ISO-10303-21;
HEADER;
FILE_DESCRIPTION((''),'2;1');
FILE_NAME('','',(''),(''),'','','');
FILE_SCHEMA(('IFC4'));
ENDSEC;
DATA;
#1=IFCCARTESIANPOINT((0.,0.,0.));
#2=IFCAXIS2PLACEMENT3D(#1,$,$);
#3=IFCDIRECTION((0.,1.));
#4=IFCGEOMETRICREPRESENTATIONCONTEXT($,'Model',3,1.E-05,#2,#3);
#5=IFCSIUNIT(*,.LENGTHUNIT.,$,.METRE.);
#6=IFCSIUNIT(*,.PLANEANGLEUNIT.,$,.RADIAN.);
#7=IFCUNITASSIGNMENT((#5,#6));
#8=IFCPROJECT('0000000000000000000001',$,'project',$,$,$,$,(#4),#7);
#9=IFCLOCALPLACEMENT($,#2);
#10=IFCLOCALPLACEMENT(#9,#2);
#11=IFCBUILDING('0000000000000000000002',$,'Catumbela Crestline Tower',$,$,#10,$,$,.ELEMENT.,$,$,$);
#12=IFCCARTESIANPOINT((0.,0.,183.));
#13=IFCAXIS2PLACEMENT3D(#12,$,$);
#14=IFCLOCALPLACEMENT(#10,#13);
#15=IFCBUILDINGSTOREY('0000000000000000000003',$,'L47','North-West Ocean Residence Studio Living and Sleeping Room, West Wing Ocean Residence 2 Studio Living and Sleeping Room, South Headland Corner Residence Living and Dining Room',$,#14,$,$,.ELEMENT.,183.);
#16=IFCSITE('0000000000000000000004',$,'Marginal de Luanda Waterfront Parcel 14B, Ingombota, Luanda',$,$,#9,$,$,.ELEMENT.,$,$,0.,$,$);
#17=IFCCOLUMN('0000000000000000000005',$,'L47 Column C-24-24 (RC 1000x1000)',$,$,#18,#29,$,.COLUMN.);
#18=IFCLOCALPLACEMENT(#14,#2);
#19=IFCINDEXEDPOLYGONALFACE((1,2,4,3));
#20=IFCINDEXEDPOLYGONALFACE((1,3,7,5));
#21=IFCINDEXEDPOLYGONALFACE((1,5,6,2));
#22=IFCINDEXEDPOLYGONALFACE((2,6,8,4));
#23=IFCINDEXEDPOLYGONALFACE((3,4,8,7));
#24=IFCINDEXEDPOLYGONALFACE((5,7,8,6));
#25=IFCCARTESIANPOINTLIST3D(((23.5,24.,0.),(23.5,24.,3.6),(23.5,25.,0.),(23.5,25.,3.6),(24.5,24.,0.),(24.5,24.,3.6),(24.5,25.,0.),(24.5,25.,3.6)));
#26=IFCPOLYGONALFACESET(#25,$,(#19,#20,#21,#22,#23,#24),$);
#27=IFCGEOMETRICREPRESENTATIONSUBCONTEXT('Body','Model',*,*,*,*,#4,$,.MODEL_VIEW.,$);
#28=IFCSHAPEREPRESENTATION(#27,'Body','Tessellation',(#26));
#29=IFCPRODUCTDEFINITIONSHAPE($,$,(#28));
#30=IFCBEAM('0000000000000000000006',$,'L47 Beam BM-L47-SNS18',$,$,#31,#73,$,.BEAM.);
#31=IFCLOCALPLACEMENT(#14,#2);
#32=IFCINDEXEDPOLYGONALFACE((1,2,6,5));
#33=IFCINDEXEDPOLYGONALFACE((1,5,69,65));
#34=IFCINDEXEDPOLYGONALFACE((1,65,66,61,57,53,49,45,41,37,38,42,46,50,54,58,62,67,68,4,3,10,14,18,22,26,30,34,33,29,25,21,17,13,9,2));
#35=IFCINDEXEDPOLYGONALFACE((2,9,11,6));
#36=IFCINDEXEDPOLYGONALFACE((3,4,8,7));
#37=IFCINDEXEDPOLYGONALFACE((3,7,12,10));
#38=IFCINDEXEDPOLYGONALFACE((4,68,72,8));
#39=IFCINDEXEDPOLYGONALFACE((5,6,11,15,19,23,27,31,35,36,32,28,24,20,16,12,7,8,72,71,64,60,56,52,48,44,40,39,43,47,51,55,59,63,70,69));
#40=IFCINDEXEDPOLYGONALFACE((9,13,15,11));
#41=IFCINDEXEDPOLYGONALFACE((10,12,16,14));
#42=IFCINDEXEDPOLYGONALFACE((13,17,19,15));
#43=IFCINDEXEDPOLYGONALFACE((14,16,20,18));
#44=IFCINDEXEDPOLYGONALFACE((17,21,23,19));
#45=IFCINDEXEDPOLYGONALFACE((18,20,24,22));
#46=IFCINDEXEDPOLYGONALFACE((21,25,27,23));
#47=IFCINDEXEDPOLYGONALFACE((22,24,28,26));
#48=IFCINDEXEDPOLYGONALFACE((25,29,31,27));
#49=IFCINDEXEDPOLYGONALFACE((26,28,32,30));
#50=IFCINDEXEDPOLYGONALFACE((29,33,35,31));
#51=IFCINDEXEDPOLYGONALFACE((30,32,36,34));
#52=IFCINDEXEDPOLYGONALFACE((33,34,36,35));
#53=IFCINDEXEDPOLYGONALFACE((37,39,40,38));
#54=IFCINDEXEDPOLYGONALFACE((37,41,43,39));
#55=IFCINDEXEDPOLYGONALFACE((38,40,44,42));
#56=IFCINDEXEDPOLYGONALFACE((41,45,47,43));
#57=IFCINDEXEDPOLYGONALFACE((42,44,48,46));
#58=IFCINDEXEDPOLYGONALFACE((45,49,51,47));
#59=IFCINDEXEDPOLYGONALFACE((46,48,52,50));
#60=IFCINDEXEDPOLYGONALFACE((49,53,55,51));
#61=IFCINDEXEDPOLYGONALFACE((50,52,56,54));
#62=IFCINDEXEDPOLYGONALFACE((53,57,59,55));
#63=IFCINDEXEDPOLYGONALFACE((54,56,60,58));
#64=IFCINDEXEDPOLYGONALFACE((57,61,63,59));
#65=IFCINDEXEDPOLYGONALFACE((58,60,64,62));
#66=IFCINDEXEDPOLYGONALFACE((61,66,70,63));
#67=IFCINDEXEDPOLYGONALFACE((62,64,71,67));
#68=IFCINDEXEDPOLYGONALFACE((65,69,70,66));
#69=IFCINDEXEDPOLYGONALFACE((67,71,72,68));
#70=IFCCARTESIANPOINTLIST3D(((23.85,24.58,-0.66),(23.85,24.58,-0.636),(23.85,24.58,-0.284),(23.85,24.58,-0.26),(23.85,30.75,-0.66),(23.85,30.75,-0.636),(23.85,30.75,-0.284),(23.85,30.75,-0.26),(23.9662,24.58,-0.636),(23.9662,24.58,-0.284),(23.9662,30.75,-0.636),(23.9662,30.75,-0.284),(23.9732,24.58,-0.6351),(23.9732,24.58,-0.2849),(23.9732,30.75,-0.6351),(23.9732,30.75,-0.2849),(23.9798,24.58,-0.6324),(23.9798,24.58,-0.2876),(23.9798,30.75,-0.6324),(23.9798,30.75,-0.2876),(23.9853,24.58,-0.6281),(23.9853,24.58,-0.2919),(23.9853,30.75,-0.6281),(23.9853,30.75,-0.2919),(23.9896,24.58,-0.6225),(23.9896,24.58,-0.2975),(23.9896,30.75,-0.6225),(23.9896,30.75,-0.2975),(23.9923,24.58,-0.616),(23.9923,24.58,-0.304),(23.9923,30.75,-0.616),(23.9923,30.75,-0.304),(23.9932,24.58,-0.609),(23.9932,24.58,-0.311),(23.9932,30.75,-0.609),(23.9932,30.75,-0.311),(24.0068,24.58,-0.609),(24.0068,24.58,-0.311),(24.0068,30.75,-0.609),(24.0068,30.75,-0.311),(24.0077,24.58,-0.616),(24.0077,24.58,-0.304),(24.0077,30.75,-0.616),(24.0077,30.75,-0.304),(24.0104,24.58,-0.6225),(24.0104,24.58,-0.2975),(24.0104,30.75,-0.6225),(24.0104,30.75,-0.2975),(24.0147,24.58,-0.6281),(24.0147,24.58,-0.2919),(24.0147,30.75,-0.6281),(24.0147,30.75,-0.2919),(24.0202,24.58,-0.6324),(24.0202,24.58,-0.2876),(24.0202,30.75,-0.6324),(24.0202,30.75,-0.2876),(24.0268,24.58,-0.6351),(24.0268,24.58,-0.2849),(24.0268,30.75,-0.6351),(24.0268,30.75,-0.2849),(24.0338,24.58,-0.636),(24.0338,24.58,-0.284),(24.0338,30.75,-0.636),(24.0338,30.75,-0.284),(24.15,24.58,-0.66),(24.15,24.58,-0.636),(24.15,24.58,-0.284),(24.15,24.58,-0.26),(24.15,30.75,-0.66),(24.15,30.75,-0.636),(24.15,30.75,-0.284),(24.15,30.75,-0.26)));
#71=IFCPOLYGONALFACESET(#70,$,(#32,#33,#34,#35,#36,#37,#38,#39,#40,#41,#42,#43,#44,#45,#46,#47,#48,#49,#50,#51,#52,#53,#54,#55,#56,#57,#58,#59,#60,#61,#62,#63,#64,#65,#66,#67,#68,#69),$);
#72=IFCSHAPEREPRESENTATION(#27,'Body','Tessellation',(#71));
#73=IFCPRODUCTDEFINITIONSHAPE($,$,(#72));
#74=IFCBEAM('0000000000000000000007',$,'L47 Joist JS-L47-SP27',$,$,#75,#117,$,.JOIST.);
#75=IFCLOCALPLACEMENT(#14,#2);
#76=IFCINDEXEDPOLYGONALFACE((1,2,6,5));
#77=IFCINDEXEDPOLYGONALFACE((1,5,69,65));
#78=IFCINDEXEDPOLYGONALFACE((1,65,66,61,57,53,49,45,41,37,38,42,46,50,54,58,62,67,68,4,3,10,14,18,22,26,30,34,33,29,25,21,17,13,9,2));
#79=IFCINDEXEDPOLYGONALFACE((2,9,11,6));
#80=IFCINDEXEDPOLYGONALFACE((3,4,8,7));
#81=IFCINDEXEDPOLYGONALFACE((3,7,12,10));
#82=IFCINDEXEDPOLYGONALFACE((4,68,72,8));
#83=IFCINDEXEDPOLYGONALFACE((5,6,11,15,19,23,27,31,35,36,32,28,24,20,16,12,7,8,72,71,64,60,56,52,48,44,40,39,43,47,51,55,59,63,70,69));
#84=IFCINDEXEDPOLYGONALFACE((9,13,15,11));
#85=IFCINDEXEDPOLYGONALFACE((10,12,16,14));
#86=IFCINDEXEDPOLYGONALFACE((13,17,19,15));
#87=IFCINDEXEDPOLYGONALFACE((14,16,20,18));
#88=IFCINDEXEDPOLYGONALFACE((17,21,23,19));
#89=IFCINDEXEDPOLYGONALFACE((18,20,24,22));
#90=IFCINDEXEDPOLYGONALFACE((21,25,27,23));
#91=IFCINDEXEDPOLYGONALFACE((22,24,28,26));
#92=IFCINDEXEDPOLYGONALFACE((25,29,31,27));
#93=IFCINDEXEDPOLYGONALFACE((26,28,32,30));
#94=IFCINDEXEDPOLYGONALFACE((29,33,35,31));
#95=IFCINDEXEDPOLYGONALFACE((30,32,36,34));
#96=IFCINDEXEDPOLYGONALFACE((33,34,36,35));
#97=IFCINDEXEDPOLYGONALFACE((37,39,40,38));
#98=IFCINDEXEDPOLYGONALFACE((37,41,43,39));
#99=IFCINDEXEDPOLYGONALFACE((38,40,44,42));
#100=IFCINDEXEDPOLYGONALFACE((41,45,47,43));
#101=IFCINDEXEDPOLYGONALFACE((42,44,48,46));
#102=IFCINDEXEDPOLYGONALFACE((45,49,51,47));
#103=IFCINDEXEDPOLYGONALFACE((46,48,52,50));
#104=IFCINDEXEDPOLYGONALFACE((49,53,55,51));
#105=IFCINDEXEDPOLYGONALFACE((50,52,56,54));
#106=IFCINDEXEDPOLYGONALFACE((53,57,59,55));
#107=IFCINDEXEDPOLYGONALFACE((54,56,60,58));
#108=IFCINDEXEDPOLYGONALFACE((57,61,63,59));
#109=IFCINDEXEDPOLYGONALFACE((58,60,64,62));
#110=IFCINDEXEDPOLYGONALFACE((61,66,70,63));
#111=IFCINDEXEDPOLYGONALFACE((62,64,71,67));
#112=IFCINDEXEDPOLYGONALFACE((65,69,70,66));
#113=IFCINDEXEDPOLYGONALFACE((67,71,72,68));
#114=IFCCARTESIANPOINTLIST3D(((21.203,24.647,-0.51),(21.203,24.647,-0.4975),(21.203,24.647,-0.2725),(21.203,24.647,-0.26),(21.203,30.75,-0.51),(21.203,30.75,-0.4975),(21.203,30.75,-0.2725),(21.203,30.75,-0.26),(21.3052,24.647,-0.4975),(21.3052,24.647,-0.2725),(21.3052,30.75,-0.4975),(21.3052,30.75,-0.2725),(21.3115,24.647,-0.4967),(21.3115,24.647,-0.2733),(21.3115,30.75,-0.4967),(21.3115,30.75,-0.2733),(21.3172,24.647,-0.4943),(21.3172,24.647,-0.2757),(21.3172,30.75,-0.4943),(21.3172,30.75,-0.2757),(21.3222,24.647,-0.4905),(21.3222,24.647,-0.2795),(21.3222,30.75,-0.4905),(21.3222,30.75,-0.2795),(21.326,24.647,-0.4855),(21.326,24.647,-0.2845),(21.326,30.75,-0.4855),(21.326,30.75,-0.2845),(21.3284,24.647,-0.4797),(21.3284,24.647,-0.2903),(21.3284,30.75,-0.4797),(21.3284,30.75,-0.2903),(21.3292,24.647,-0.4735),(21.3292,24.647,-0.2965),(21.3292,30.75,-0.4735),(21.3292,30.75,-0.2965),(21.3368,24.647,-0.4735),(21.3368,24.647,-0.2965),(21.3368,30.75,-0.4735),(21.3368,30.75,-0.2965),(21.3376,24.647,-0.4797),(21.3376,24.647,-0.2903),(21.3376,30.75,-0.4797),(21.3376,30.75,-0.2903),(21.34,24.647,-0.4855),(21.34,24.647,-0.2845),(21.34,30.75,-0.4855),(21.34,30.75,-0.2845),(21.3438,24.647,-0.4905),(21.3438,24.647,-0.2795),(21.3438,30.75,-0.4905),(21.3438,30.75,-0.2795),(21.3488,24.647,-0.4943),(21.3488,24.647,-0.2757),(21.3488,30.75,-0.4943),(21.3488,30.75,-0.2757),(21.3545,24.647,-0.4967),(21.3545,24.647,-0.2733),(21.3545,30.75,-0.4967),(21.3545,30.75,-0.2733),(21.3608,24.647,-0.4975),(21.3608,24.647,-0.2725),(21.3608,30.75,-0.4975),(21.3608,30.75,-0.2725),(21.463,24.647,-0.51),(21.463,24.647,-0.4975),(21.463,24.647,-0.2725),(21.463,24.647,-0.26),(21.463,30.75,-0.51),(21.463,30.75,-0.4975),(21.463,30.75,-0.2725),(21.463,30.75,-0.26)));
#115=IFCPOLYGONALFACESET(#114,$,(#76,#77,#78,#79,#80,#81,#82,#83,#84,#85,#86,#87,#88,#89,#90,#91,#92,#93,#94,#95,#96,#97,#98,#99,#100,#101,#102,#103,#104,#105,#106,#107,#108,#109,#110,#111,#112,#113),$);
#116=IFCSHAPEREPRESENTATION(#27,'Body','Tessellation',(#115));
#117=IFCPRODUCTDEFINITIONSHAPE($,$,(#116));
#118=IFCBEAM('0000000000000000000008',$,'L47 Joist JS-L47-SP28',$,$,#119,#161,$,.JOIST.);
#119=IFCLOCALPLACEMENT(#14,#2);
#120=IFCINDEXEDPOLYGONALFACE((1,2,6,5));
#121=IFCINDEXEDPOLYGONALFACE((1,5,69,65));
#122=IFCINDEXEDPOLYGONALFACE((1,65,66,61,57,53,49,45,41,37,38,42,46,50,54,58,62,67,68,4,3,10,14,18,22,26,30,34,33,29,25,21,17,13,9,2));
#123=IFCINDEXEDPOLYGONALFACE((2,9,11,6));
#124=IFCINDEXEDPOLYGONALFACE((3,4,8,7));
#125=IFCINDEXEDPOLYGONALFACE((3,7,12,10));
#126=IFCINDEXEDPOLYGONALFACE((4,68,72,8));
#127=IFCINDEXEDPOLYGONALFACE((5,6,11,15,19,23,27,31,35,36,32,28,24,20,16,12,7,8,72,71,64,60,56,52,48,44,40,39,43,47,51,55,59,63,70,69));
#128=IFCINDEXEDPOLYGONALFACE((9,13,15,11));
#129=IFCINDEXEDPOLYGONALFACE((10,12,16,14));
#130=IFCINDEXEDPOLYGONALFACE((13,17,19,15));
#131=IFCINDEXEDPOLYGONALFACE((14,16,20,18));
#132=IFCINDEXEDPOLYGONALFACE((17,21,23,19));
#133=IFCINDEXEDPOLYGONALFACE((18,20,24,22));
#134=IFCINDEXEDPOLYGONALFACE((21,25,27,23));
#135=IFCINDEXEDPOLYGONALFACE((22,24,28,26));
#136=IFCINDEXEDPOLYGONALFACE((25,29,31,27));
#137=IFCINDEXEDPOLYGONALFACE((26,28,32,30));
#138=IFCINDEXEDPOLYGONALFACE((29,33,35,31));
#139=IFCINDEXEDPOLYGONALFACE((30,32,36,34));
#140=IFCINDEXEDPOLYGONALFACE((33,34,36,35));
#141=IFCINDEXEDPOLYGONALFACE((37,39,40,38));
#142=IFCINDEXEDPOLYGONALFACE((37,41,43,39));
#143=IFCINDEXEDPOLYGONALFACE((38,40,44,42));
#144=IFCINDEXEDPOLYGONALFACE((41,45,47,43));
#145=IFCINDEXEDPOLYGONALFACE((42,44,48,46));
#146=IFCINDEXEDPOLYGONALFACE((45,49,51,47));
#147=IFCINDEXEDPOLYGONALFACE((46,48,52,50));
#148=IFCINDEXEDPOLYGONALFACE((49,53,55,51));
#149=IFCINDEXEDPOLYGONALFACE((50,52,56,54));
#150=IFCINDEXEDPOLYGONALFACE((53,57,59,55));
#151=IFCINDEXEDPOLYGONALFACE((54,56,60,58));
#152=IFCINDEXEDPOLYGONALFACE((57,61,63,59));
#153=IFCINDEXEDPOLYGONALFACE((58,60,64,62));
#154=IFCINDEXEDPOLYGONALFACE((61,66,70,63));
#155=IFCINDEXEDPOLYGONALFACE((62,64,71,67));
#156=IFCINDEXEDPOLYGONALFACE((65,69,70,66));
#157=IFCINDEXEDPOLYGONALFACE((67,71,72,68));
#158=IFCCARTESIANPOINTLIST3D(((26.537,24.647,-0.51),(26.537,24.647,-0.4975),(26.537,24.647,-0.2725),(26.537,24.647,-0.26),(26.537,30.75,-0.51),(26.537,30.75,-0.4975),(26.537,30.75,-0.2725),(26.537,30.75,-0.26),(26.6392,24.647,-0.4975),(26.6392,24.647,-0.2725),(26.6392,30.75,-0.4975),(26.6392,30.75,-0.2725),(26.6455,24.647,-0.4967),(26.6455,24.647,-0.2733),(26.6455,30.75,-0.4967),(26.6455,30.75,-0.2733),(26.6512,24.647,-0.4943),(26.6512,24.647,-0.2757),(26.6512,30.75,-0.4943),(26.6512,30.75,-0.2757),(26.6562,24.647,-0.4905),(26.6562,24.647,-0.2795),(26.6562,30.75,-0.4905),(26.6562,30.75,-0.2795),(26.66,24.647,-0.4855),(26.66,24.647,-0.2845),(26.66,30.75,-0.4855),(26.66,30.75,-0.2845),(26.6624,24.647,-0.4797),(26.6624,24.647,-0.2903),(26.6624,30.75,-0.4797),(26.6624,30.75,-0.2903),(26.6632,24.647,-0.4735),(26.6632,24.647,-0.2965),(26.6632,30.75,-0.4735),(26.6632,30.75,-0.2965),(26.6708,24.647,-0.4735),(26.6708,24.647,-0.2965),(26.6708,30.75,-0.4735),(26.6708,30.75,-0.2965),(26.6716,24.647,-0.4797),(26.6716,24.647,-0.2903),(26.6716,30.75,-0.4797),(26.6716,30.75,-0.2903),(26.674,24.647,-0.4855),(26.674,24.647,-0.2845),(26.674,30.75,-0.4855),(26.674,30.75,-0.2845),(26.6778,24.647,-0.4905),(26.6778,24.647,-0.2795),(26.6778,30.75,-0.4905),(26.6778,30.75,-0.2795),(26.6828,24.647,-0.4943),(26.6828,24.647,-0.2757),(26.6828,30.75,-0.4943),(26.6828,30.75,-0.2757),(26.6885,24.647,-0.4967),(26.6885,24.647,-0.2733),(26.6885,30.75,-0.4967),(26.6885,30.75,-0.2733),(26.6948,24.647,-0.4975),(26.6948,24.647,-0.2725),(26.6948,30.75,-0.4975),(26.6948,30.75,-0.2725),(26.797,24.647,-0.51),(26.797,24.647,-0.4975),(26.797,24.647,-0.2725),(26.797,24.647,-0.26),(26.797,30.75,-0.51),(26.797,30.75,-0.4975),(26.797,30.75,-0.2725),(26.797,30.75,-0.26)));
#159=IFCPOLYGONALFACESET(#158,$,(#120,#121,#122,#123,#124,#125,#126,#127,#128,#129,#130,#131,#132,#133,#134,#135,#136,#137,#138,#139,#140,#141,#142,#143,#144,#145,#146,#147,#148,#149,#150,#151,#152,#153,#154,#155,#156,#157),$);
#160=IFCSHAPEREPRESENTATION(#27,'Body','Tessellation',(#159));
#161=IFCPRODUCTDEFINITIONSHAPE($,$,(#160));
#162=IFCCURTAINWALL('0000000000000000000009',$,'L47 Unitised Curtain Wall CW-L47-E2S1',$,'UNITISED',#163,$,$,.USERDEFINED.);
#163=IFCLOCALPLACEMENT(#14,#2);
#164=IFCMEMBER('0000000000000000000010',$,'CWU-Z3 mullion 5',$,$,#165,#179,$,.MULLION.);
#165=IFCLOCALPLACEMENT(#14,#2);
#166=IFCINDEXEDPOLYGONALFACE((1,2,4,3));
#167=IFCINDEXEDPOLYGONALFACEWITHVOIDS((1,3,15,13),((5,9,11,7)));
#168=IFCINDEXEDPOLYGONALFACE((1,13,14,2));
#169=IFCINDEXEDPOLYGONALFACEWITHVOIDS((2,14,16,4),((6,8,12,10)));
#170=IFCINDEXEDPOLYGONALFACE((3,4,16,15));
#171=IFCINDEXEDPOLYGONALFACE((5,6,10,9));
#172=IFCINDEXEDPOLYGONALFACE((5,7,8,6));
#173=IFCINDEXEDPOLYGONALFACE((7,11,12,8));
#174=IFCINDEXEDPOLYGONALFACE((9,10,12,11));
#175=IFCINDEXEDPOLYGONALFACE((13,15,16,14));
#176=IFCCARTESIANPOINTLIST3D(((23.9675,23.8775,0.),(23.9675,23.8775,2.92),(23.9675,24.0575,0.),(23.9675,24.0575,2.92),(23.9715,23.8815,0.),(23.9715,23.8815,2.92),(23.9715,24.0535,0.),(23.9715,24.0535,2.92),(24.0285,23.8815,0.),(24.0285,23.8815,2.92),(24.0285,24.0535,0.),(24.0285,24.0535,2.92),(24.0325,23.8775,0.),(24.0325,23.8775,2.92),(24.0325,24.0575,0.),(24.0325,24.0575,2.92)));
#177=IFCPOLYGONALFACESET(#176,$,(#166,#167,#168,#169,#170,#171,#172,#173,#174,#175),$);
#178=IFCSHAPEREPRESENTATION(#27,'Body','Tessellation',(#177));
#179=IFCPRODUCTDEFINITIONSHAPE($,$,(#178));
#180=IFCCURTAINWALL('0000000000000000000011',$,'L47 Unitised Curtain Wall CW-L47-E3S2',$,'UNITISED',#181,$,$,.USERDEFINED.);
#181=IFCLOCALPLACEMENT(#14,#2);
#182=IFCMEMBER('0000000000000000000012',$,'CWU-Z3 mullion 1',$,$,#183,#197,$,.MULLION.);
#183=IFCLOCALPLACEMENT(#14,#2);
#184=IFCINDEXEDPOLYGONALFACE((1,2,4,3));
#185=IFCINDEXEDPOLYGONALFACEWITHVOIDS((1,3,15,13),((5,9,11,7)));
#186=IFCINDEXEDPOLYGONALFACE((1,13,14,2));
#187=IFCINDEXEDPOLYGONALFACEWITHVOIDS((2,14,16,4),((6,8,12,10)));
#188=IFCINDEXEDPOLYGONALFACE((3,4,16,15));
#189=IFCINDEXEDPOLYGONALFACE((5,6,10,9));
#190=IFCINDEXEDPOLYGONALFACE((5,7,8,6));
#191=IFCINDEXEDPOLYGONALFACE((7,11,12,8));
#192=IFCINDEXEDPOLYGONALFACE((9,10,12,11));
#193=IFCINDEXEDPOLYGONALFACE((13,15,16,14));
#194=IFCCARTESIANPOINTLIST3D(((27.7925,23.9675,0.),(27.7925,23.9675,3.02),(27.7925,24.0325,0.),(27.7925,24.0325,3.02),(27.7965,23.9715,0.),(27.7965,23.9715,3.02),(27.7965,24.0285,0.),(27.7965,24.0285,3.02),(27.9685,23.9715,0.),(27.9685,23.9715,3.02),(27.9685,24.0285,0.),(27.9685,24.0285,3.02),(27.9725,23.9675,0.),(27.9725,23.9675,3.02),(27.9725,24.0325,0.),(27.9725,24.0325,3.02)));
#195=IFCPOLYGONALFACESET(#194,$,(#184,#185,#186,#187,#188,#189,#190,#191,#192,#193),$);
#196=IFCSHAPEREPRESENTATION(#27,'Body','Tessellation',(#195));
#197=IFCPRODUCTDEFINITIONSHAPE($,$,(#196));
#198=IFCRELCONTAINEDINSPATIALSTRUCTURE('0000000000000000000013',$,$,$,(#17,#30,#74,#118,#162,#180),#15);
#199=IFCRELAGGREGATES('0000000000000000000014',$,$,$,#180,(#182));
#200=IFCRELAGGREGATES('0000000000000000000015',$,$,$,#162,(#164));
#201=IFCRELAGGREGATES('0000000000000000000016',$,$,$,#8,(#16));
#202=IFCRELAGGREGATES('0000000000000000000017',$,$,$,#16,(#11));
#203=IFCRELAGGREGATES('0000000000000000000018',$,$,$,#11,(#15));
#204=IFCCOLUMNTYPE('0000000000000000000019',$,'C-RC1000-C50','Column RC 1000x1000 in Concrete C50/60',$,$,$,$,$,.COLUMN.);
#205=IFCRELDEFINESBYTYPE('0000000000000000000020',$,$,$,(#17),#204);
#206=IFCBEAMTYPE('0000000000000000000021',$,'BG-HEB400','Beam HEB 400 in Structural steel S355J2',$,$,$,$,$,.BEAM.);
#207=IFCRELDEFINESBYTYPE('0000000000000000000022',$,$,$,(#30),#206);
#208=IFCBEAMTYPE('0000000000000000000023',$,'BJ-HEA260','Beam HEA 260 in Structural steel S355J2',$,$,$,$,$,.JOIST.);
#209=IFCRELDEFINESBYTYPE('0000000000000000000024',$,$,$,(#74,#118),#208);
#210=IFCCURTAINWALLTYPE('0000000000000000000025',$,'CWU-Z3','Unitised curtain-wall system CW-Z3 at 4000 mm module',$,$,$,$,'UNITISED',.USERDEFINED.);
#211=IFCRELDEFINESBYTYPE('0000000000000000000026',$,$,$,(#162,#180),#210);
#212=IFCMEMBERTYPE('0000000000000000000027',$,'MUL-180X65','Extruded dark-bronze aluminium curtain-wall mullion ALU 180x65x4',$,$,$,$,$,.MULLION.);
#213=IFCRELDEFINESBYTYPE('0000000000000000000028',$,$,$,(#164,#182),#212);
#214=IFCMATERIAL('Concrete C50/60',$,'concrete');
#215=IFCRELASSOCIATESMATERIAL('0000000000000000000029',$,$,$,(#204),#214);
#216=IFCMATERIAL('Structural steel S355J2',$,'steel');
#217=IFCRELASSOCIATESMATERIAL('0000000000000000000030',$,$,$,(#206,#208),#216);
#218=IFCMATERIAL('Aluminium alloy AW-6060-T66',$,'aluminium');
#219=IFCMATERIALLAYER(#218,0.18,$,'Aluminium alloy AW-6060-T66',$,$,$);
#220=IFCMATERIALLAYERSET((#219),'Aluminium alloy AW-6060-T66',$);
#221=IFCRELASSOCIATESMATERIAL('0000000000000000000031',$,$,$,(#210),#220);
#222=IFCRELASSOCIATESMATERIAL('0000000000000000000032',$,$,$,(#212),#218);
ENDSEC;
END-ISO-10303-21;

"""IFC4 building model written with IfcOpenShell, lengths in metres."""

from ifc_helpers import new_model, si_unit, direction, frame, origin, origin_2d, place, context, subcontext, project, spatial, rectangle, hollow_rectangle, i_section, extrude, material, layer, layer_set, material_profile, profile_set, type_object, element, aggregate, save


model = new_model("IFC4")

# Units and contexts
model_context = context("Model", 3, precision=1e-05, world=origin(), true_north=direction((0.0, 1.0)))
body_context = subcontext(model_context, "Body", "Model", "MODEL_VIEW")
ifc_project = project(units=[si_unit("LENGTHUNIT", "METRE"), si_unit("PLANEANGLEUNIT", "RADIAN")], contexts=[model_context])

# Site, building, storey
site_placement = place(None, origin())
site = spatial("IfcSite", under=ifc_project, at=site_placement, Name="Marginal de Luanda Waterfront Parcel 14B, Ingombota, Luanda", CompositionType="ELEMENT", RefElevation=0.0)
building_placement = place(site_placement, origin())
building = spatial("IfcBuilding", under=site, at=building_placement, Name="Catumbela Crestline Tower", CompositionType="ELEMENT")
storey_placement = place(building_placement, frame((0.0, 0.0, 183.0)))
storey = spatial("IfcBuildingStorey", under=building, at=storey_placement, Name="L47", Description="North-West Ocean Residence Studio Living and Sleeping Room, West Wing Ocean Residence 2 Studio Living and Sleeping Room, South Headland Corner Residence Living and Dining Room", CompositionType="ELEMENT", Elevation=183.0)

# Column
ifc_material_1 = material(Name="Concrete C50/60", Category="concrete")
ifc_material_profile_1 = material_profile(ifc_material_1, rectangle(XDim=1.0, YDim=1.0, at=origin_2d()), Name="RC 1000x1000")
ifc_profile_set_1 = profile_set([ifc_material_profile_1], Name="Concrete C50/60")
column_type = type_object("IfcColumnType", Name="C-RC1000-C50", Description="Column RC 1000x1000 in Concrete C50/60", PredefinedType="COLUMN", material=ifc_profile_set_1)
column_placement = place(storey_placement, frame((24.0, 24.5, 0.0), z_axis=(0.0, 0.0, 1.0), x_axis=(1.0, 0.0, 0.0)))
element("IfcColumn", 1, at=column_placement, inside=storey, type_object=column_type, Name="L47 Column C-24-24 (RC 1000x1000)", PredefinedType="COLUMN", context=body_context, shape_type="SweptSolid", body=[
    extrude(rectangle(XDim=1.0, YDim=1.0, at=origin_2d()), origin(), (0.0, 0.0, 1.0), 3.6),
])

# Beams
ifc_material_2 = material(Name="Structural steel S355J2", Category="steel")
ifc_material_profile_2 = material_profile(ifc_material_2, i_section(OverallWidth=0.3, OverallDepth=0.4, WebThickness=0.0135, FlangeThickness=0.024, FilletRadius=0.027, at=origin_2d()), Name="HEB 400")
ifc_profile_set_2 = profile_set([ifc_material_profile_2], Name="Structural steel S355J2")
beam_type_1 = type_object("IfcBeamType", Name="BG-HEB400", Description="Beam HEB 400 in Structural steel S355J2", PredefinedType="BEAM", material=ifc_profile_set_2)
beam_1_placement = place(storey_placement, frame((24.0, 24.58, -0.46), z_axis=(0.0, 1.0, 0.0), x_axis=(-1.0, 0.0, 0.0)))
element("IfcBeam", 2, at=beam_1_placement, inside=storey, type_object=beam_type_1, Name="L47 Beam BM-L47-SNS18", PredefinedType="BEAM", context=body_context, shape_type="SweptSolid", body=[
    extrude(i_section(OverallWidth=0.3, OverallDepth=0.4, WebThickness=0.0135, FlangeThickness=0.024, FilletRadius=0.027, at=origin_2d()), origin(), (0.0, 0.0, 1.0), 6.17),
])
ifc_material_profile_3 = material_profile(ifc_material_2, i_section(OverallWidth=0.26, OverallDepth=0.25, WebThickness=0.0075, FlangeThickness=0.0125, FilletRadius=0.024, at=origin_2d()), Name="HEA 260")
ifc_profile_set_3 = profile_set([ifc_material_profile_3], Name="Structural steel S355J2")
beam_type_2 = type_object("IfcBeamType", Name="BJ-HEA260", Description="Beam HEA 260 in Structural steel S355J2", PredefinedType="JOIST", material=ifc_profile_set_3)
for number, where, z_axis, x_axis, name in (
    (3, (21.333, 24.647, -0.385), (0.0, 1.0, 0.0), (-1.0, 0.0, 0.0), "L47 Joist JS-L47-SP27"),
    (4, (26.667, 24.647, -0.385), (0.0, 1.0, 0.0), (-1.0, 0.0, 0.0), "L47 Joist JS-L47-SP28"),
):
    element("IfcBeam", number, at=place(storey_placement, frame(where, z_axis=z_axis, x_axis=x_axis)), inside=storey, type_object=beam_type_2, Name=name, PredefinedType="JOIST", context=body_context, shape_type="SweptSolid", body=[
        extrude(i_section(OverallWidth=0.26, OverallDepth=0.25, WebThickness=0.0075, FlangeThickness=0.0125, FilletRadius=0.024, at=origin_2d()), origin(), (0.0, 0.0, 1.0), 6.103),
    ])

# Curtain walls, members
ifc_material_3 = material(Name="Aluminium alloy AW-6060-T66", Category="aluminium")
ifc_layer_1 = layer(ifc_material_3, 0.18, Name="Aluminium alloy AW-6060-T66")
ifc_layer_set_1 = layer_set([ifc_layer_1], Name="Aluminium alloy AW-6060-T66")
curtain_wall_type = type_object("IfcCurtainWallType", Name="CWU-Z3", Description="Unitised curtain-wall system CW-Z3 at 4000 mm module", ElementType="UNITISED", PredefinedType="USERDEFINED", material=ifc_layer_set_1)
curtain_wall_1_placement = place(storey_placement, origin())
curtain_wall_1 = element("IfcCurtainWall", 5, at=curtain_wall_1_placement, inside=storey, type_object=curtain_wall_type, Name="L47 Unitised Curtain Wall CW-L47-E2S1", ObjectType="UNITISED", PredefinedType="USERDEFINED")
ifc_material_profile_4 = material_profile(ifc_material_3, hollow_rectangle(XDim=0.065, YDim=0.18, WallThickness=0.004, at=origin_2d()), Name="ALU 180x65x4")
ifc_profile_set_4 = profile_set([ifc_material_profile_4], Name="Aluminium alloy AW-6060-T66")
member_type_1 = type_object("IfcMemberType", Name="MUL-180X65", Description="Extruded dark-bronze aluminium curtain-wall mullion ALU 180x65x4", PredefinedType="MULLION", material=ifc_profile_set_4)
member_1_placement = place(storey_placement, frame((24.0, 23.9675, 0.0), z_axis=(0.0, 0.0, 1.0), x_axis=(-1.0, 0.0, 0.0)))
member_1 = element("IfcMember", 6, at=member_1_placement, type_object=member_type_1, Name="CWU-Z3 mullion 5", PredefinedType="MULLION", context=body_context, shape_type="SweptSolid", body=[
    extrude(hollow_rectangle(XDim=0.065, YDim=0.18, WallThickness=0.004, at=origin_2d()), origin(), (0.0, 0.0, 1.0), 2.92),
])
curtain_wall_2_placement = place(storey_placement, origin())
curtain_wall_2 = element("IfcCurtainWall", 7, at=curtain_wall_2_placement, inside=storey, type_object=curtain_wall_type, Name="L47 Unitised Curtain Wall CW-L47-E3S2", ObjectType="UNITISED", PredefinedType="USERDEFINED")
member_2_placement = place(storey_placement, frame((27.8825, 24.0, 0.0), z_axis=(0.0, 0.0, 1.0), x_axis=(0.0, 1.0, 0.0)))
member_2 = element("IfcMember", 8, at=member_2_placement, type_object=member_type_1, Name="CWU-Z3 mullion 1", PredefinedType="MULLION", context=body_context, shape_type="SweptSolid", body=[
    extrude(hollow_rectangle(XDim=0.065, YDim=0.18, WallThickness=0.004, at=origin_2d()), origin(), (0.0, 0.0, 1.0), 3.02),
])

aggregate(curtain_wall_2, [member_2])

aggregate(curtain_wall_1, [member_1])

save(model, "model.ifc")
